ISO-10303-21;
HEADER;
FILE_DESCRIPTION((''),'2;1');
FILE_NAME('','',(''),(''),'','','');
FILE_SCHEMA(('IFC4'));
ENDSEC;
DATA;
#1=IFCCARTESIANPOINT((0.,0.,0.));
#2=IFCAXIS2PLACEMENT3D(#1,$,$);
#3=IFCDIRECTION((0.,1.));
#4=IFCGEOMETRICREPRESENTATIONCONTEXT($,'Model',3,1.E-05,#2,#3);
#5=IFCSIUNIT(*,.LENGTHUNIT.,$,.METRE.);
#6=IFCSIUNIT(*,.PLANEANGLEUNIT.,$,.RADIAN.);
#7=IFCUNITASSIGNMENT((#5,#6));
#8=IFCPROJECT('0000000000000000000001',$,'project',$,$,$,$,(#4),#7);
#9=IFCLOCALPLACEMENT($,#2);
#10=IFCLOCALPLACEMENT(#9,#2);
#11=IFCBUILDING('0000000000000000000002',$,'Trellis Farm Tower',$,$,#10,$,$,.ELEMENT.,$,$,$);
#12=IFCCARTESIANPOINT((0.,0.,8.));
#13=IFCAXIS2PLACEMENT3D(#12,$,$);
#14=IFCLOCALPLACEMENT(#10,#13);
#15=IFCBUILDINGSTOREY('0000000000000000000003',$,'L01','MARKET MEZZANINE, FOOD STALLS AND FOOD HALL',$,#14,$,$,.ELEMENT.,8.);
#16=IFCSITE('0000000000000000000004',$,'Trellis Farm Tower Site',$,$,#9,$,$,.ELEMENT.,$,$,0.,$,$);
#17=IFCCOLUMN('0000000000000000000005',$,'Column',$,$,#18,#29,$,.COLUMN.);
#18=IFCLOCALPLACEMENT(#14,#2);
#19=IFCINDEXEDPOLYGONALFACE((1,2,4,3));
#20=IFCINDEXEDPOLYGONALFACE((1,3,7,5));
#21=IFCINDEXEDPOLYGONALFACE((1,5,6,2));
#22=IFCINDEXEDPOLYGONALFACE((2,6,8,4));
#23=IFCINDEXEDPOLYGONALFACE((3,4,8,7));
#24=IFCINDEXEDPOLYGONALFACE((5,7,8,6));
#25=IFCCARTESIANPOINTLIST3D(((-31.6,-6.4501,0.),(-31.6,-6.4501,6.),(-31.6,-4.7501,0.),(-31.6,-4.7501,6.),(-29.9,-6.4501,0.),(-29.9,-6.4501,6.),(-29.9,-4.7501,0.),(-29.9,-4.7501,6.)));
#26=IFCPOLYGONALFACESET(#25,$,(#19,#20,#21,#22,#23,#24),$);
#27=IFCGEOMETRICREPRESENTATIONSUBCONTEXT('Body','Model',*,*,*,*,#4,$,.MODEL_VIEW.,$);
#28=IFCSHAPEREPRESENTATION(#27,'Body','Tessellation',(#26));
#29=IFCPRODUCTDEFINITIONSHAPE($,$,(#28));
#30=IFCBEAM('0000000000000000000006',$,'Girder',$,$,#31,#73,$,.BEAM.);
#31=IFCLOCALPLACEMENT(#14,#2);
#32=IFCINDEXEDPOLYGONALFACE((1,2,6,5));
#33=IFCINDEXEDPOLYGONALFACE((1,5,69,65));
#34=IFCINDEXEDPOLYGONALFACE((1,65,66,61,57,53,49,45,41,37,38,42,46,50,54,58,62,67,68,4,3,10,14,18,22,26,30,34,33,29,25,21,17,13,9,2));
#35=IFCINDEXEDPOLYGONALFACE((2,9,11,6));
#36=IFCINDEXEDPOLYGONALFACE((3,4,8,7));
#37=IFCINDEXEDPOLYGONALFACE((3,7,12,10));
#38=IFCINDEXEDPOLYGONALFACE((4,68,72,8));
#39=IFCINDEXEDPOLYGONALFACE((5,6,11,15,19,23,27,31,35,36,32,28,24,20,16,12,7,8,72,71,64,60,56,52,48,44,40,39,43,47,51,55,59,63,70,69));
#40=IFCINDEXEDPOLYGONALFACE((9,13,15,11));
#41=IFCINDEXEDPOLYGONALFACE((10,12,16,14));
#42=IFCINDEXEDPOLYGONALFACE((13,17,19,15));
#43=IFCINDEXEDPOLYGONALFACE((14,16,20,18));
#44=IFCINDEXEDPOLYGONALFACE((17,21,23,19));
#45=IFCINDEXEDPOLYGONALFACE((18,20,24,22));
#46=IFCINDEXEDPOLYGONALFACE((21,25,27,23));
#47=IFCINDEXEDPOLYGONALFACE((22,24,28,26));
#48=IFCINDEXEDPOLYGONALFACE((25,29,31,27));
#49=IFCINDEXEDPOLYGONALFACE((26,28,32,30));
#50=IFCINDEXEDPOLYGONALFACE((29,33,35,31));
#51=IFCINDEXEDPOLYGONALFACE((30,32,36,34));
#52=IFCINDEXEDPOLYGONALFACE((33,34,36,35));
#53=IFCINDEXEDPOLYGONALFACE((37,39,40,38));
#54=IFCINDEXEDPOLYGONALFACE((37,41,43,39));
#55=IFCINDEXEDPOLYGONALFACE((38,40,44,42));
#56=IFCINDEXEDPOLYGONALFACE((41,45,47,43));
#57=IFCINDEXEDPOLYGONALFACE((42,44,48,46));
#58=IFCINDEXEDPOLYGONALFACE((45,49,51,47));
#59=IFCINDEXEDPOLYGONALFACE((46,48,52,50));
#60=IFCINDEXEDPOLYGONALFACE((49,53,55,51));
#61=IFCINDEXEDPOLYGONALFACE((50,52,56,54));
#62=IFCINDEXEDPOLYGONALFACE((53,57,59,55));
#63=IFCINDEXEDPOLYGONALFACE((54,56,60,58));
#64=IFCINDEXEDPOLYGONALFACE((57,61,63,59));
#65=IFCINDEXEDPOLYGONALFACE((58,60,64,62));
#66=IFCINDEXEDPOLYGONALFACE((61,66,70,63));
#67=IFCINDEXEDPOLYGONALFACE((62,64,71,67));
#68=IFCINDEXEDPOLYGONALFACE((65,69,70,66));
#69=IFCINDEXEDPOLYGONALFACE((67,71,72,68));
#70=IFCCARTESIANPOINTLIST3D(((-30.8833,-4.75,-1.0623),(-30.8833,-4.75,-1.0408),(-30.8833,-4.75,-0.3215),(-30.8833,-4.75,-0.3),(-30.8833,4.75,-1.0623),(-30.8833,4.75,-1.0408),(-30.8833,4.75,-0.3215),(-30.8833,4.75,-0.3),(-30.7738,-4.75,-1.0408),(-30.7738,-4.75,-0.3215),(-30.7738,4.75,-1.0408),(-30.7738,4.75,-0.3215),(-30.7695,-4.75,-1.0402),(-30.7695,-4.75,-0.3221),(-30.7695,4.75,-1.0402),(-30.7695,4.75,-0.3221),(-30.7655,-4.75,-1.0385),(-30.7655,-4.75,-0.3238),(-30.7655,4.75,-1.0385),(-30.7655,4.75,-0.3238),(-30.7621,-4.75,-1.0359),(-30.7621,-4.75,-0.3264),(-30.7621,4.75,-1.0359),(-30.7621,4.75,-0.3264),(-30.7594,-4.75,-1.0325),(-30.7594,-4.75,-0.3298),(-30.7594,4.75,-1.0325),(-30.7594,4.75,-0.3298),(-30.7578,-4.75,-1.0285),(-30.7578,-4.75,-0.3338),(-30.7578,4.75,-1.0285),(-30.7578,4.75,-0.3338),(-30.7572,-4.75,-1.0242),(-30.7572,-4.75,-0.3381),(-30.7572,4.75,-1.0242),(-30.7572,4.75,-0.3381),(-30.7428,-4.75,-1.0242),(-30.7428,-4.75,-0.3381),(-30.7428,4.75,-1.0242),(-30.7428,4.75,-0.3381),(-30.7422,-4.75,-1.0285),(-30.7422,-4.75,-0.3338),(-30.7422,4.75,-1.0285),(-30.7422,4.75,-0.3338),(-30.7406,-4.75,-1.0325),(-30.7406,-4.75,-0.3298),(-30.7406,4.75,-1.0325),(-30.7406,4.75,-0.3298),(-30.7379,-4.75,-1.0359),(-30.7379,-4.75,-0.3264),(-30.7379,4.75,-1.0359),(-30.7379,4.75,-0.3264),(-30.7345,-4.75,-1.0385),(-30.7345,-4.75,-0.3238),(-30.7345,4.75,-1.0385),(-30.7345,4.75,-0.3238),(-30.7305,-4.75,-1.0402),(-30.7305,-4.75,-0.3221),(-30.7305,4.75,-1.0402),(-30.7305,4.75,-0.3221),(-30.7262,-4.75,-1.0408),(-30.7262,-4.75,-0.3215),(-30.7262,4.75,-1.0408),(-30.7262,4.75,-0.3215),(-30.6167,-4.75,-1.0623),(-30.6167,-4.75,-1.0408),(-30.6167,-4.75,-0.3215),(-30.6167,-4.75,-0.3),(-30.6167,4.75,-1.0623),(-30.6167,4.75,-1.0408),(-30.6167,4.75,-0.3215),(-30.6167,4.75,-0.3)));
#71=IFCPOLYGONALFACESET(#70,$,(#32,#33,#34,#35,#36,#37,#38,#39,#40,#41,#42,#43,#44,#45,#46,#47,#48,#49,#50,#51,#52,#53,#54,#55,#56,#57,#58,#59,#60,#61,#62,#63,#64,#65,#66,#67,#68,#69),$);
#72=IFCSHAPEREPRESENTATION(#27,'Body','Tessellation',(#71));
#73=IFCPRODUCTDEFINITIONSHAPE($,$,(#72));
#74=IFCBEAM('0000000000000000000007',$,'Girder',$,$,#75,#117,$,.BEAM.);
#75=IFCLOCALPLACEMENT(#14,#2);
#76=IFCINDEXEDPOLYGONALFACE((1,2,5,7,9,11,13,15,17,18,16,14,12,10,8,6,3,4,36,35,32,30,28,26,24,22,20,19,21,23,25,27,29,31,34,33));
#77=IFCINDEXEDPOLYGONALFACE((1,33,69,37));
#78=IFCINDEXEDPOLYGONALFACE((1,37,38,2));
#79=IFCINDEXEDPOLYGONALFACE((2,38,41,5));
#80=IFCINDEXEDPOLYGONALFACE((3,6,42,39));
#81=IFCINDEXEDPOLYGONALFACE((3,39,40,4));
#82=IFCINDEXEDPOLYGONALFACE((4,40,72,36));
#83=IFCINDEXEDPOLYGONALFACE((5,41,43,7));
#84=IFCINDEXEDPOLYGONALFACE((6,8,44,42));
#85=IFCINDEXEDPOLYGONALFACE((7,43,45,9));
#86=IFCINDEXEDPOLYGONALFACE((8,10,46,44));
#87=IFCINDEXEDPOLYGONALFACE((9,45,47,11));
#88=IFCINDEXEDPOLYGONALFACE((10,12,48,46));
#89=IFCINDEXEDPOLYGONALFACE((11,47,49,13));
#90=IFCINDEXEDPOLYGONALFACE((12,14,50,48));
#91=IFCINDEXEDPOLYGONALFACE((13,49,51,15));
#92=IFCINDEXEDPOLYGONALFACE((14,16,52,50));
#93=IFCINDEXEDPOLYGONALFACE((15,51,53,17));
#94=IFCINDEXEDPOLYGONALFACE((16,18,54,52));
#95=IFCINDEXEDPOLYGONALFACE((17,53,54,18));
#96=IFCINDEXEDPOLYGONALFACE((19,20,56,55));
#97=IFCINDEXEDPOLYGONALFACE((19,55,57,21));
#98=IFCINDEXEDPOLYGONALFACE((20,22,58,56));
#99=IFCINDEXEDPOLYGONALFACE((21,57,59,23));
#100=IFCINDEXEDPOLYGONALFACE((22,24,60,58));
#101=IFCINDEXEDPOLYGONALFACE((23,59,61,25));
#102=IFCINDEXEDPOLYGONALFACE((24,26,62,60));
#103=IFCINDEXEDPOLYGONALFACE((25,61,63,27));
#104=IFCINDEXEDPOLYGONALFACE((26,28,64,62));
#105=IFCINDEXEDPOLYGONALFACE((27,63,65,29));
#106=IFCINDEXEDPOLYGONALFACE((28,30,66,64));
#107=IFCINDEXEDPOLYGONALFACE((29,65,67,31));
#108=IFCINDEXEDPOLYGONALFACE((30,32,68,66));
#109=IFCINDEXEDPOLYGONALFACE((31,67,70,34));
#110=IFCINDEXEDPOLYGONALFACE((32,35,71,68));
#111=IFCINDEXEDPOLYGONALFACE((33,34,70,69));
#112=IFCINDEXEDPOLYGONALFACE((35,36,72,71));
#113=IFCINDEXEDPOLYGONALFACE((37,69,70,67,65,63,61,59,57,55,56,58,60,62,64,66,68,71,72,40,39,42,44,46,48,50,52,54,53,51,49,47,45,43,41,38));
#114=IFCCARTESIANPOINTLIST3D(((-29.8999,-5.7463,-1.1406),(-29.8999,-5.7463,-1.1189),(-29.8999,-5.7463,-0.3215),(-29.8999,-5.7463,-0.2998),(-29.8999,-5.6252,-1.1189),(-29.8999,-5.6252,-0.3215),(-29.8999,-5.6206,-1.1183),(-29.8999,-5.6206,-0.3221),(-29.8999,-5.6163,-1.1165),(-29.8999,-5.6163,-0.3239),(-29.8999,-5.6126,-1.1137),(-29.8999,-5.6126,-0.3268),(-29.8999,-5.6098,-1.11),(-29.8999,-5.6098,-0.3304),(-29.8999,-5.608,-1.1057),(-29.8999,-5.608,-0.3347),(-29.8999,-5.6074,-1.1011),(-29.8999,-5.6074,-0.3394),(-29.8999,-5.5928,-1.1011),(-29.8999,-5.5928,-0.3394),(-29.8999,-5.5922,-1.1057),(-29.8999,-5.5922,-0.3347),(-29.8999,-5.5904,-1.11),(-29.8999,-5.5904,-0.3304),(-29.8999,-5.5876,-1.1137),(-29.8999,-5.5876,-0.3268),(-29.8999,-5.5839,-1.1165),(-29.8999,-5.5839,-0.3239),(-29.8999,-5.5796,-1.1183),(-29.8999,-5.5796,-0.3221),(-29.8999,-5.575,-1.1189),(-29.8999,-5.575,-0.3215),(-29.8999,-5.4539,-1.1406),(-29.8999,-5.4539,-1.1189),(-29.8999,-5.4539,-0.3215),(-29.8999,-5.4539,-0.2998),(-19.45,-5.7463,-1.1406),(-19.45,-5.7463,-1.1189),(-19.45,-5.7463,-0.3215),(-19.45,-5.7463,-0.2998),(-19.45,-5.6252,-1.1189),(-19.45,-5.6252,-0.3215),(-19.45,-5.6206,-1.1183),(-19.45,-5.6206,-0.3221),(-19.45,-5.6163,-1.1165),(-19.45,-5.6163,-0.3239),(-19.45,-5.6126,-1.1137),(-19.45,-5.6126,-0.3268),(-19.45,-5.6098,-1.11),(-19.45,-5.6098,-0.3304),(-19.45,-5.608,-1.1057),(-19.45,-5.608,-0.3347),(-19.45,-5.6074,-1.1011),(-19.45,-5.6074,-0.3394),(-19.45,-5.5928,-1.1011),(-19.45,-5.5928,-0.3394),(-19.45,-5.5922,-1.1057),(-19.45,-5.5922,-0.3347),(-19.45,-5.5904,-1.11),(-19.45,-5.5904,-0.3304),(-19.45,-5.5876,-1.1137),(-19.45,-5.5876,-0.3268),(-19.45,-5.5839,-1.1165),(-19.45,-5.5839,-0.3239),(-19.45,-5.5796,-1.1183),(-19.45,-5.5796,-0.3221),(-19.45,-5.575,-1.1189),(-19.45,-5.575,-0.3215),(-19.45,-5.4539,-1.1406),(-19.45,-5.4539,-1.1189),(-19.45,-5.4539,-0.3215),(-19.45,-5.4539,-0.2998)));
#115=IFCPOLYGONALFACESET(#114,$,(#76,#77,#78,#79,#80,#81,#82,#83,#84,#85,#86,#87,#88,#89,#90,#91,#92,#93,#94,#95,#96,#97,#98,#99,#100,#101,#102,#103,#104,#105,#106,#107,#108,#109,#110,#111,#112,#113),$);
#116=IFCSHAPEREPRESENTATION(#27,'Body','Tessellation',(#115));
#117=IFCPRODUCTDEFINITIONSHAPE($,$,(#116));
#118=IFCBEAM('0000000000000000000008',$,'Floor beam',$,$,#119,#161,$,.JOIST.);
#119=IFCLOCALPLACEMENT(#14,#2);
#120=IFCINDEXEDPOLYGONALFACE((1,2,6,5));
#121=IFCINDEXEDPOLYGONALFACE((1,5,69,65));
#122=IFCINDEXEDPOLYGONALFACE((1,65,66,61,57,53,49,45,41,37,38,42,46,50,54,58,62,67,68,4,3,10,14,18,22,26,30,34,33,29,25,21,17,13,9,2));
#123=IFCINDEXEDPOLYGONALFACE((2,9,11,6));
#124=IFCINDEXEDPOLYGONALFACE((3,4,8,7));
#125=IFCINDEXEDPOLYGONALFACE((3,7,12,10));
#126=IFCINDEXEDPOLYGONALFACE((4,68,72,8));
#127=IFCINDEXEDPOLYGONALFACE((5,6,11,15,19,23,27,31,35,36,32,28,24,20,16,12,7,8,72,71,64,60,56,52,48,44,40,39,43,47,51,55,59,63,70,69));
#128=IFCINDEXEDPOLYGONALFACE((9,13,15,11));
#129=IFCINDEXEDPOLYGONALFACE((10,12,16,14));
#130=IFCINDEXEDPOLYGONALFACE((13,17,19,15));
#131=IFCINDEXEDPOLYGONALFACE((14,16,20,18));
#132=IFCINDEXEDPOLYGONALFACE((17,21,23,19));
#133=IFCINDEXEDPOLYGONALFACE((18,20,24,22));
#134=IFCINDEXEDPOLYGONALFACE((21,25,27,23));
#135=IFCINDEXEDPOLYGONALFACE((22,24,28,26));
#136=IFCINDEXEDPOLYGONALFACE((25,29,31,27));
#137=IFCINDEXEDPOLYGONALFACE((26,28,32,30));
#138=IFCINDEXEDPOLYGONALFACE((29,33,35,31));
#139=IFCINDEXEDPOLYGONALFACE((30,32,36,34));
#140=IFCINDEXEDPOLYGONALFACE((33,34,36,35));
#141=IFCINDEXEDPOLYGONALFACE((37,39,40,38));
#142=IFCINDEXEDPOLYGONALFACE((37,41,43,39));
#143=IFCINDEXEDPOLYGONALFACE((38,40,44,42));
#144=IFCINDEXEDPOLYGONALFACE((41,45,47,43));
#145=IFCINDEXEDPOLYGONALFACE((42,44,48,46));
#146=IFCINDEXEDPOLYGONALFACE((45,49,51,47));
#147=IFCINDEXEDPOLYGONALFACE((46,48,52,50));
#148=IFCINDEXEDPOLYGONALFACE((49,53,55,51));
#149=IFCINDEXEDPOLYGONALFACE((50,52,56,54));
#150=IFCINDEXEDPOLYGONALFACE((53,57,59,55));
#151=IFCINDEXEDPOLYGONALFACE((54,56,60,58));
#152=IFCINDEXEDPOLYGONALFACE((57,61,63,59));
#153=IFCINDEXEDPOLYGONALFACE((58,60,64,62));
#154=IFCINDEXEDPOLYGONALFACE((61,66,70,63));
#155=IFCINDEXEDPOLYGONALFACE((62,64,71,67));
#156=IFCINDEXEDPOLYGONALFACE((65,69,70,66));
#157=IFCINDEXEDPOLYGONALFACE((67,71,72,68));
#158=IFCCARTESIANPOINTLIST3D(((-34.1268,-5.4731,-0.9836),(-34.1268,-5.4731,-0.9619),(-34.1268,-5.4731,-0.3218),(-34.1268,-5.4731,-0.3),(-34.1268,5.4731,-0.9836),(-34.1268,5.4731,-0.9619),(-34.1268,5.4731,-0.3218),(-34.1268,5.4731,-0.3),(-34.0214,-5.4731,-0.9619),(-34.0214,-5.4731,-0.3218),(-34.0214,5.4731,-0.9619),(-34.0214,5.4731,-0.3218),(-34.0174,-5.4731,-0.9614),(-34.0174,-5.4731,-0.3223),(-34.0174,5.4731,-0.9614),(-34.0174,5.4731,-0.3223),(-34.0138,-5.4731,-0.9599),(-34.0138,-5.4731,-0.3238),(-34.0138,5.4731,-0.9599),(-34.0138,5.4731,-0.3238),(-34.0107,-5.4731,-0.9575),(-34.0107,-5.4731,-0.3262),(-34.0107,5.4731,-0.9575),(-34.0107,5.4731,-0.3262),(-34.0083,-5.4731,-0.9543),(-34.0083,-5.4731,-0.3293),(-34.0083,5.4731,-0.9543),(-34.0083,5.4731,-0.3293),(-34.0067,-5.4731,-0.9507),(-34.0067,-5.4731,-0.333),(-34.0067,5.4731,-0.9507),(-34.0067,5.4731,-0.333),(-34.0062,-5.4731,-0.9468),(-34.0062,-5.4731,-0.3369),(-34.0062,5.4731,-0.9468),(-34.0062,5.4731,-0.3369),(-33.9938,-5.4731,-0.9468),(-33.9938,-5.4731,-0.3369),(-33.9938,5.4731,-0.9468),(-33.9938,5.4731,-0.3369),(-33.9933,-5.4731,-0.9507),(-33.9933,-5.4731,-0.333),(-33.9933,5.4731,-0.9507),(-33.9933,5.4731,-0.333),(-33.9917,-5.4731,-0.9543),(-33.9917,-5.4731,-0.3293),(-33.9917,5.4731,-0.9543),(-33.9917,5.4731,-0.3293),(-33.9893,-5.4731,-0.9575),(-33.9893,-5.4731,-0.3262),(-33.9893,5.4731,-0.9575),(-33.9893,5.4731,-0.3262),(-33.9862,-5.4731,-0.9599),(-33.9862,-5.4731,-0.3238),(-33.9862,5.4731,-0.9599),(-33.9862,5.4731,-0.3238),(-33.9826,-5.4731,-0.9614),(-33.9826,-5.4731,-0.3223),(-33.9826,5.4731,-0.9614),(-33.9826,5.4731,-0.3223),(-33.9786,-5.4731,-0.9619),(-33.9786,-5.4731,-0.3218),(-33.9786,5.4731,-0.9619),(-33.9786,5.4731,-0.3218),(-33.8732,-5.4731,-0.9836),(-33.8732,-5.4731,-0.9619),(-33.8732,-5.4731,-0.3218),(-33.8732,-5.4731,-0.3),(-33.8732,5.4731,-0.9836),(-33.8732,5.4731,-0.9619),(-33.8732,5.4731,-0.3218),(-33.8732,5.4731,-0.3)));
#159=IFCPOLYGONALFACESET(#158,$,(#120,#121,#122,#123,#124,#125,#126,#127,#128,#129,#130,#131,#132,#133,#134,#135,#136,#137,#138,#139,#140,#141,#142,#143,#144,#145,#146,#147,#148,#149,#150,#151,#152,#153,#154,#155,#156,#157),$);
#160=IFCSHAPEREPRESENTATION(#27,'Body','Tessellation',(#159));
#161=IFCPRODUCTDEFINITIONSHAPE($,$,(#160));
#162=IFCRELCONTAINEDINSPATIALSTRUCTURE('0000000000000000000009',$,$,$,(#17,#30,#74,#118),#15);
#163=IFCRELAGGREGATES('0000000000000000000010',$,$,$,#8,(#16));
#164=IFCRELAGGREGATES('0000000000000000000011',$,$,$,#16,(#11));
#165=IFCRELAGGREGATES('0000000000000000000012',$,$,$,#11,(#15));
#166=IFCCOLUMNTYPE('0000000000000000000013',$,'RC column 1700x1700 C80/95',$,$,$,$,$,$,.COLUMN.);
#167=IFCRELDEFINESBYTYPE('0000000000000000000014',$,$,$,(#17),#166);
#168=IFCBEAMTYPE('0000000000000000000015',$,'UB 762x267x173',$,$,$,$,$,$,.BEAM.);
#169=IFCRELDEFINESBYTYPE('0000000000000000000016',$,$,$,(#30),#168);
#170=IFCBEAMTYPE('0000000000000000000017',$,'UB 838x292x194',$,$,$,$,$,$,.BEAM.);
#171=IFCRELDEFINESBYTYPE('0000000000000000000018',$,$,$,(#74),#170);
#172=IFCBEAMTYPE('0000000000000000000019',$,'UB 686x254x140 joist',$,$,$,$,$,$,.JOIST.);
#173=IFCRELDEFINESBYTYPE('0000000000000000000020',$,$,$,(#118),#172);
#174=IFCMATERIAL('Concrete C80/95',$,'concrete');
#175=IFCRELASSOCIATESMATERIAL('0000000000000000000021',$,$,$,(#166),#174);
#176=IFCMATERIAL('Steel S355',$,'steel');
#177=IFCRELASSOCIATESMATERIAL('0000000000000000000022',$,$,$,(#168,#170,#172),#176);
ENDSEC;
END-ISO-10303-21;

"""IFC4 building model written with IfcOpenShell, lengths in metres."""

from ifc_helpers import new_model, si_unit, direction, frame, origin, origin_2d, place, context, subcontext, project, spatial, rectangle, i_section, extrude, source, transform, mapped, material, material_profile, profile_set, type_object, element, save


model = new_model("IFC4")

# Units and contexts
model_context = context("Model", 3, precision=1e-05, world=origin(), true_north=direction((0.0, 1.0)))
body_context = subcontext(model_context, "Body", "Model", "MODEL_VIEW")
ifc_project = project(units=[si_unit("LENGTHUNIT", "METRE"), si_unit("PLANEANGLEUNIT", "RADIAN")], contexts=[model_context])

# Site, building, storey
site_placement = place(None, origin())
site = spatial("IfcSite", under=ifc_project, at=site_placement, Name="Trellis Farm Tower Site", CompositionType="ELEMENT", RefElevation=0.0)
building_placement = place(site_placement, origin())
building = spatial("IfcBuilding", under=site, at=building_placement, Name="Trellis Farm Tower", CompositionType="ELEMENT")
storey_placement = place(building_placement, frame((0.0, 0.0, 8.0)))
storey = spatial("IfcBuildingStorey", under=building, at=storey_placement, Name="L01", Description="MARKET MEZZANINE, FOOD STALLS AND FOOD HALL", CompositionType="ELEMENT", Elevation=8.0)

# Column
ifc_material_1 = material(Name="Concrete C80/95", Category="concrete")
ifc_material_profile_1 = material_profile(ifc_material_1, rectangle(XDim=1.7, YDim=1.7, at=origin_2d()), Name="RC column 1700x1700 C80/95")
ifc_profile_set_1 = profile_set([ifc_material_profile_1], Name="Concrete C80/95")
column_type = type_object("IfcColumnType", Name="RC column 1700x1700 C80/95", PredefinedType="COLUMN", material=ifc_profile_set_1)
shared_shape_1 = source(origin(), body_context, "Body", "SweptSolid", [
    extrude(rectangle(XDim=1.7, YDim=1.7, at=origin_2d()), origin(), (0.0, 0.0, 1.0), 6.0),
])
column_placement = place(storey_placement, frame((-30.75, -5.6001, 0.0), z_axis=(0.0, 0.0, 1.0), x_axis=(1.0, 0.0, 0.0)))
element("IfcColumn", 1, at=column_placement, inside=storey, type_object=column_type, Name="Column", PredefinedType="COLUMN", context=body_context, shape_type="MappedRepresentation", body=[
    mapped(shared_shape_1, transform((0.0, 0.0, 0.0))),
])

# Beams
ifc_material_2 = material(Name="Steel S355", Category="steel")
ifc_material_profile_2 = material_profile(ifc_material_2, i_section(OverallWidth=0.2666, OverallDepth=0.7622, WebThickness=0.0144, FlangeThickness=0.0215, FilletRadius=0.0166, at=origin_2d()), Name="UB 762x267x173")
ifc_profile_set_2 = profile_set([ifc_material_profile_2], Name="Steel S355")
beam_type_1 = type_object("IfcBeamType", Name="UB 762x267x173", PredefinedType="BEAM", material=ifc_profile_set_2)
shared_shape_2 = source(origin(), body_context, "Body", "SweptSolid", [
    extrude(i_section(OverallWidth=0.2666, OverallDepth=0.7622, WebThickness=0.0144, FlangeThickness=0.0215, FilletRadius=0.0166, at=origin_2d()), origin(), (0.0, 0.0, 1.0), 9.5),
])
beam_1_placement = place(storey_placement, frame((-30.75, -4.75, -0.6812), z_axis=(0.0, 1.0, 0.0), x_axis=(-1.0, 0.0, 0.0)))
element("IfcBeam", 2, at=beam_1_placement, inside=storey, type_object=beam_type_1, Name="Girder", PredefinedType="BEAM", context=body_context, shape_type="MappedRepresentation", body=[
    mapped(shared_shape_2, transform((0.0, 0.0, 0.0))),
])
ifc_material_profile_3 = material_profile(ifc_material_2, i_section(OverallWidth=0.2925, OverallDepth=0.8408, WebThickness=0.0146, FlangeThickness=0.0217, FilletRadius=0.0178, at=origin_2d()), Name="UB 838x292x194")
ifc_profile_set_3 = profile_set([ifc_material_profile_3], Name="Steel S355")
beam_type_2 = type_object("IfcBeamType", Name="UB 838x292x194", PredefinedType="BEAM", material=ifc_profile_set_3)
shared_shape_3 = source(origin(), body_context, "Body", "SweptSolid", [
    extrude(i_section(OverallWidth=0.2925, OverallDepth=0.8408, WebThickness=0.0146, FlangeThickness=0.0217, FilletRadius=0.0178, at=origin_2d()), origin(), (0.0, 0.0, 1.0), 10.45),
])
beam_2_placement = place(storey_placement, frame((-29.8999, -5.6001, -0.7202), z_axis=(1.0, 0.0, 0.0), x_axis=(0.0, 1.0, 0.0)))
element("IfcBeam", 3, at=beam_2_placement, inside=storey, type_object=beam_type_2, Name="Girder", PredefinedType="BEAM", context=body_context, shape_type="MappedRepresentation", body=[
    mapped(shared_shape_3, transform((0.0, 0.0, 0.0))),
])
ifc_material_profile_4 = material_profile(ifc_material_2, i_section(OverallWidth=0.2537, OverallDepth=0.6836, WebThickness=0.0125, FlangeThickness=0.0217, FilletRadius=0.0151, at=origin_2d()), Name="UB 686x254x140")
ifc_profile_set_4 = profile_set([ifc_material_profile_4], Name="Steel S355")
beam_type_3 = type_object("IfcBeamType", Name="UB 686x254x140 joist", PredefinedType="JOIST", material=ifc_profile_set_4)
shared_shape_4 = source(origin(), body_context, "Body", "SweptSolid", [
    extrude(i_section(OverallWidth=0.2537, OverallDepth=0.6836, WebThickness=0.0125, FlangeThickness=0.0217, FilletRadius=0.0151, at=origin_2d()), origin(), (0.0, 0.0, 1.0), 10.9463),
])
beam_3_placement = place(storey_placement, frame((-34.0, -5.4731, -0.6418), z_axis=(0.0, 1.0, 0.0), x_axis=(-1.0, 0.0, 0.0)))
element("IfcBeam", 4, at=beam_3_placement, inside=storey, type_object=beam_type_3, Name="Floor beam", PredefinedType="JOIST", context=body_context, shape_type="MappedRepresentation", body=[
    mapped(shared_shape_4, transform((0.0, 0.0, 0.0))),
])

save(model, "model.ifc")
